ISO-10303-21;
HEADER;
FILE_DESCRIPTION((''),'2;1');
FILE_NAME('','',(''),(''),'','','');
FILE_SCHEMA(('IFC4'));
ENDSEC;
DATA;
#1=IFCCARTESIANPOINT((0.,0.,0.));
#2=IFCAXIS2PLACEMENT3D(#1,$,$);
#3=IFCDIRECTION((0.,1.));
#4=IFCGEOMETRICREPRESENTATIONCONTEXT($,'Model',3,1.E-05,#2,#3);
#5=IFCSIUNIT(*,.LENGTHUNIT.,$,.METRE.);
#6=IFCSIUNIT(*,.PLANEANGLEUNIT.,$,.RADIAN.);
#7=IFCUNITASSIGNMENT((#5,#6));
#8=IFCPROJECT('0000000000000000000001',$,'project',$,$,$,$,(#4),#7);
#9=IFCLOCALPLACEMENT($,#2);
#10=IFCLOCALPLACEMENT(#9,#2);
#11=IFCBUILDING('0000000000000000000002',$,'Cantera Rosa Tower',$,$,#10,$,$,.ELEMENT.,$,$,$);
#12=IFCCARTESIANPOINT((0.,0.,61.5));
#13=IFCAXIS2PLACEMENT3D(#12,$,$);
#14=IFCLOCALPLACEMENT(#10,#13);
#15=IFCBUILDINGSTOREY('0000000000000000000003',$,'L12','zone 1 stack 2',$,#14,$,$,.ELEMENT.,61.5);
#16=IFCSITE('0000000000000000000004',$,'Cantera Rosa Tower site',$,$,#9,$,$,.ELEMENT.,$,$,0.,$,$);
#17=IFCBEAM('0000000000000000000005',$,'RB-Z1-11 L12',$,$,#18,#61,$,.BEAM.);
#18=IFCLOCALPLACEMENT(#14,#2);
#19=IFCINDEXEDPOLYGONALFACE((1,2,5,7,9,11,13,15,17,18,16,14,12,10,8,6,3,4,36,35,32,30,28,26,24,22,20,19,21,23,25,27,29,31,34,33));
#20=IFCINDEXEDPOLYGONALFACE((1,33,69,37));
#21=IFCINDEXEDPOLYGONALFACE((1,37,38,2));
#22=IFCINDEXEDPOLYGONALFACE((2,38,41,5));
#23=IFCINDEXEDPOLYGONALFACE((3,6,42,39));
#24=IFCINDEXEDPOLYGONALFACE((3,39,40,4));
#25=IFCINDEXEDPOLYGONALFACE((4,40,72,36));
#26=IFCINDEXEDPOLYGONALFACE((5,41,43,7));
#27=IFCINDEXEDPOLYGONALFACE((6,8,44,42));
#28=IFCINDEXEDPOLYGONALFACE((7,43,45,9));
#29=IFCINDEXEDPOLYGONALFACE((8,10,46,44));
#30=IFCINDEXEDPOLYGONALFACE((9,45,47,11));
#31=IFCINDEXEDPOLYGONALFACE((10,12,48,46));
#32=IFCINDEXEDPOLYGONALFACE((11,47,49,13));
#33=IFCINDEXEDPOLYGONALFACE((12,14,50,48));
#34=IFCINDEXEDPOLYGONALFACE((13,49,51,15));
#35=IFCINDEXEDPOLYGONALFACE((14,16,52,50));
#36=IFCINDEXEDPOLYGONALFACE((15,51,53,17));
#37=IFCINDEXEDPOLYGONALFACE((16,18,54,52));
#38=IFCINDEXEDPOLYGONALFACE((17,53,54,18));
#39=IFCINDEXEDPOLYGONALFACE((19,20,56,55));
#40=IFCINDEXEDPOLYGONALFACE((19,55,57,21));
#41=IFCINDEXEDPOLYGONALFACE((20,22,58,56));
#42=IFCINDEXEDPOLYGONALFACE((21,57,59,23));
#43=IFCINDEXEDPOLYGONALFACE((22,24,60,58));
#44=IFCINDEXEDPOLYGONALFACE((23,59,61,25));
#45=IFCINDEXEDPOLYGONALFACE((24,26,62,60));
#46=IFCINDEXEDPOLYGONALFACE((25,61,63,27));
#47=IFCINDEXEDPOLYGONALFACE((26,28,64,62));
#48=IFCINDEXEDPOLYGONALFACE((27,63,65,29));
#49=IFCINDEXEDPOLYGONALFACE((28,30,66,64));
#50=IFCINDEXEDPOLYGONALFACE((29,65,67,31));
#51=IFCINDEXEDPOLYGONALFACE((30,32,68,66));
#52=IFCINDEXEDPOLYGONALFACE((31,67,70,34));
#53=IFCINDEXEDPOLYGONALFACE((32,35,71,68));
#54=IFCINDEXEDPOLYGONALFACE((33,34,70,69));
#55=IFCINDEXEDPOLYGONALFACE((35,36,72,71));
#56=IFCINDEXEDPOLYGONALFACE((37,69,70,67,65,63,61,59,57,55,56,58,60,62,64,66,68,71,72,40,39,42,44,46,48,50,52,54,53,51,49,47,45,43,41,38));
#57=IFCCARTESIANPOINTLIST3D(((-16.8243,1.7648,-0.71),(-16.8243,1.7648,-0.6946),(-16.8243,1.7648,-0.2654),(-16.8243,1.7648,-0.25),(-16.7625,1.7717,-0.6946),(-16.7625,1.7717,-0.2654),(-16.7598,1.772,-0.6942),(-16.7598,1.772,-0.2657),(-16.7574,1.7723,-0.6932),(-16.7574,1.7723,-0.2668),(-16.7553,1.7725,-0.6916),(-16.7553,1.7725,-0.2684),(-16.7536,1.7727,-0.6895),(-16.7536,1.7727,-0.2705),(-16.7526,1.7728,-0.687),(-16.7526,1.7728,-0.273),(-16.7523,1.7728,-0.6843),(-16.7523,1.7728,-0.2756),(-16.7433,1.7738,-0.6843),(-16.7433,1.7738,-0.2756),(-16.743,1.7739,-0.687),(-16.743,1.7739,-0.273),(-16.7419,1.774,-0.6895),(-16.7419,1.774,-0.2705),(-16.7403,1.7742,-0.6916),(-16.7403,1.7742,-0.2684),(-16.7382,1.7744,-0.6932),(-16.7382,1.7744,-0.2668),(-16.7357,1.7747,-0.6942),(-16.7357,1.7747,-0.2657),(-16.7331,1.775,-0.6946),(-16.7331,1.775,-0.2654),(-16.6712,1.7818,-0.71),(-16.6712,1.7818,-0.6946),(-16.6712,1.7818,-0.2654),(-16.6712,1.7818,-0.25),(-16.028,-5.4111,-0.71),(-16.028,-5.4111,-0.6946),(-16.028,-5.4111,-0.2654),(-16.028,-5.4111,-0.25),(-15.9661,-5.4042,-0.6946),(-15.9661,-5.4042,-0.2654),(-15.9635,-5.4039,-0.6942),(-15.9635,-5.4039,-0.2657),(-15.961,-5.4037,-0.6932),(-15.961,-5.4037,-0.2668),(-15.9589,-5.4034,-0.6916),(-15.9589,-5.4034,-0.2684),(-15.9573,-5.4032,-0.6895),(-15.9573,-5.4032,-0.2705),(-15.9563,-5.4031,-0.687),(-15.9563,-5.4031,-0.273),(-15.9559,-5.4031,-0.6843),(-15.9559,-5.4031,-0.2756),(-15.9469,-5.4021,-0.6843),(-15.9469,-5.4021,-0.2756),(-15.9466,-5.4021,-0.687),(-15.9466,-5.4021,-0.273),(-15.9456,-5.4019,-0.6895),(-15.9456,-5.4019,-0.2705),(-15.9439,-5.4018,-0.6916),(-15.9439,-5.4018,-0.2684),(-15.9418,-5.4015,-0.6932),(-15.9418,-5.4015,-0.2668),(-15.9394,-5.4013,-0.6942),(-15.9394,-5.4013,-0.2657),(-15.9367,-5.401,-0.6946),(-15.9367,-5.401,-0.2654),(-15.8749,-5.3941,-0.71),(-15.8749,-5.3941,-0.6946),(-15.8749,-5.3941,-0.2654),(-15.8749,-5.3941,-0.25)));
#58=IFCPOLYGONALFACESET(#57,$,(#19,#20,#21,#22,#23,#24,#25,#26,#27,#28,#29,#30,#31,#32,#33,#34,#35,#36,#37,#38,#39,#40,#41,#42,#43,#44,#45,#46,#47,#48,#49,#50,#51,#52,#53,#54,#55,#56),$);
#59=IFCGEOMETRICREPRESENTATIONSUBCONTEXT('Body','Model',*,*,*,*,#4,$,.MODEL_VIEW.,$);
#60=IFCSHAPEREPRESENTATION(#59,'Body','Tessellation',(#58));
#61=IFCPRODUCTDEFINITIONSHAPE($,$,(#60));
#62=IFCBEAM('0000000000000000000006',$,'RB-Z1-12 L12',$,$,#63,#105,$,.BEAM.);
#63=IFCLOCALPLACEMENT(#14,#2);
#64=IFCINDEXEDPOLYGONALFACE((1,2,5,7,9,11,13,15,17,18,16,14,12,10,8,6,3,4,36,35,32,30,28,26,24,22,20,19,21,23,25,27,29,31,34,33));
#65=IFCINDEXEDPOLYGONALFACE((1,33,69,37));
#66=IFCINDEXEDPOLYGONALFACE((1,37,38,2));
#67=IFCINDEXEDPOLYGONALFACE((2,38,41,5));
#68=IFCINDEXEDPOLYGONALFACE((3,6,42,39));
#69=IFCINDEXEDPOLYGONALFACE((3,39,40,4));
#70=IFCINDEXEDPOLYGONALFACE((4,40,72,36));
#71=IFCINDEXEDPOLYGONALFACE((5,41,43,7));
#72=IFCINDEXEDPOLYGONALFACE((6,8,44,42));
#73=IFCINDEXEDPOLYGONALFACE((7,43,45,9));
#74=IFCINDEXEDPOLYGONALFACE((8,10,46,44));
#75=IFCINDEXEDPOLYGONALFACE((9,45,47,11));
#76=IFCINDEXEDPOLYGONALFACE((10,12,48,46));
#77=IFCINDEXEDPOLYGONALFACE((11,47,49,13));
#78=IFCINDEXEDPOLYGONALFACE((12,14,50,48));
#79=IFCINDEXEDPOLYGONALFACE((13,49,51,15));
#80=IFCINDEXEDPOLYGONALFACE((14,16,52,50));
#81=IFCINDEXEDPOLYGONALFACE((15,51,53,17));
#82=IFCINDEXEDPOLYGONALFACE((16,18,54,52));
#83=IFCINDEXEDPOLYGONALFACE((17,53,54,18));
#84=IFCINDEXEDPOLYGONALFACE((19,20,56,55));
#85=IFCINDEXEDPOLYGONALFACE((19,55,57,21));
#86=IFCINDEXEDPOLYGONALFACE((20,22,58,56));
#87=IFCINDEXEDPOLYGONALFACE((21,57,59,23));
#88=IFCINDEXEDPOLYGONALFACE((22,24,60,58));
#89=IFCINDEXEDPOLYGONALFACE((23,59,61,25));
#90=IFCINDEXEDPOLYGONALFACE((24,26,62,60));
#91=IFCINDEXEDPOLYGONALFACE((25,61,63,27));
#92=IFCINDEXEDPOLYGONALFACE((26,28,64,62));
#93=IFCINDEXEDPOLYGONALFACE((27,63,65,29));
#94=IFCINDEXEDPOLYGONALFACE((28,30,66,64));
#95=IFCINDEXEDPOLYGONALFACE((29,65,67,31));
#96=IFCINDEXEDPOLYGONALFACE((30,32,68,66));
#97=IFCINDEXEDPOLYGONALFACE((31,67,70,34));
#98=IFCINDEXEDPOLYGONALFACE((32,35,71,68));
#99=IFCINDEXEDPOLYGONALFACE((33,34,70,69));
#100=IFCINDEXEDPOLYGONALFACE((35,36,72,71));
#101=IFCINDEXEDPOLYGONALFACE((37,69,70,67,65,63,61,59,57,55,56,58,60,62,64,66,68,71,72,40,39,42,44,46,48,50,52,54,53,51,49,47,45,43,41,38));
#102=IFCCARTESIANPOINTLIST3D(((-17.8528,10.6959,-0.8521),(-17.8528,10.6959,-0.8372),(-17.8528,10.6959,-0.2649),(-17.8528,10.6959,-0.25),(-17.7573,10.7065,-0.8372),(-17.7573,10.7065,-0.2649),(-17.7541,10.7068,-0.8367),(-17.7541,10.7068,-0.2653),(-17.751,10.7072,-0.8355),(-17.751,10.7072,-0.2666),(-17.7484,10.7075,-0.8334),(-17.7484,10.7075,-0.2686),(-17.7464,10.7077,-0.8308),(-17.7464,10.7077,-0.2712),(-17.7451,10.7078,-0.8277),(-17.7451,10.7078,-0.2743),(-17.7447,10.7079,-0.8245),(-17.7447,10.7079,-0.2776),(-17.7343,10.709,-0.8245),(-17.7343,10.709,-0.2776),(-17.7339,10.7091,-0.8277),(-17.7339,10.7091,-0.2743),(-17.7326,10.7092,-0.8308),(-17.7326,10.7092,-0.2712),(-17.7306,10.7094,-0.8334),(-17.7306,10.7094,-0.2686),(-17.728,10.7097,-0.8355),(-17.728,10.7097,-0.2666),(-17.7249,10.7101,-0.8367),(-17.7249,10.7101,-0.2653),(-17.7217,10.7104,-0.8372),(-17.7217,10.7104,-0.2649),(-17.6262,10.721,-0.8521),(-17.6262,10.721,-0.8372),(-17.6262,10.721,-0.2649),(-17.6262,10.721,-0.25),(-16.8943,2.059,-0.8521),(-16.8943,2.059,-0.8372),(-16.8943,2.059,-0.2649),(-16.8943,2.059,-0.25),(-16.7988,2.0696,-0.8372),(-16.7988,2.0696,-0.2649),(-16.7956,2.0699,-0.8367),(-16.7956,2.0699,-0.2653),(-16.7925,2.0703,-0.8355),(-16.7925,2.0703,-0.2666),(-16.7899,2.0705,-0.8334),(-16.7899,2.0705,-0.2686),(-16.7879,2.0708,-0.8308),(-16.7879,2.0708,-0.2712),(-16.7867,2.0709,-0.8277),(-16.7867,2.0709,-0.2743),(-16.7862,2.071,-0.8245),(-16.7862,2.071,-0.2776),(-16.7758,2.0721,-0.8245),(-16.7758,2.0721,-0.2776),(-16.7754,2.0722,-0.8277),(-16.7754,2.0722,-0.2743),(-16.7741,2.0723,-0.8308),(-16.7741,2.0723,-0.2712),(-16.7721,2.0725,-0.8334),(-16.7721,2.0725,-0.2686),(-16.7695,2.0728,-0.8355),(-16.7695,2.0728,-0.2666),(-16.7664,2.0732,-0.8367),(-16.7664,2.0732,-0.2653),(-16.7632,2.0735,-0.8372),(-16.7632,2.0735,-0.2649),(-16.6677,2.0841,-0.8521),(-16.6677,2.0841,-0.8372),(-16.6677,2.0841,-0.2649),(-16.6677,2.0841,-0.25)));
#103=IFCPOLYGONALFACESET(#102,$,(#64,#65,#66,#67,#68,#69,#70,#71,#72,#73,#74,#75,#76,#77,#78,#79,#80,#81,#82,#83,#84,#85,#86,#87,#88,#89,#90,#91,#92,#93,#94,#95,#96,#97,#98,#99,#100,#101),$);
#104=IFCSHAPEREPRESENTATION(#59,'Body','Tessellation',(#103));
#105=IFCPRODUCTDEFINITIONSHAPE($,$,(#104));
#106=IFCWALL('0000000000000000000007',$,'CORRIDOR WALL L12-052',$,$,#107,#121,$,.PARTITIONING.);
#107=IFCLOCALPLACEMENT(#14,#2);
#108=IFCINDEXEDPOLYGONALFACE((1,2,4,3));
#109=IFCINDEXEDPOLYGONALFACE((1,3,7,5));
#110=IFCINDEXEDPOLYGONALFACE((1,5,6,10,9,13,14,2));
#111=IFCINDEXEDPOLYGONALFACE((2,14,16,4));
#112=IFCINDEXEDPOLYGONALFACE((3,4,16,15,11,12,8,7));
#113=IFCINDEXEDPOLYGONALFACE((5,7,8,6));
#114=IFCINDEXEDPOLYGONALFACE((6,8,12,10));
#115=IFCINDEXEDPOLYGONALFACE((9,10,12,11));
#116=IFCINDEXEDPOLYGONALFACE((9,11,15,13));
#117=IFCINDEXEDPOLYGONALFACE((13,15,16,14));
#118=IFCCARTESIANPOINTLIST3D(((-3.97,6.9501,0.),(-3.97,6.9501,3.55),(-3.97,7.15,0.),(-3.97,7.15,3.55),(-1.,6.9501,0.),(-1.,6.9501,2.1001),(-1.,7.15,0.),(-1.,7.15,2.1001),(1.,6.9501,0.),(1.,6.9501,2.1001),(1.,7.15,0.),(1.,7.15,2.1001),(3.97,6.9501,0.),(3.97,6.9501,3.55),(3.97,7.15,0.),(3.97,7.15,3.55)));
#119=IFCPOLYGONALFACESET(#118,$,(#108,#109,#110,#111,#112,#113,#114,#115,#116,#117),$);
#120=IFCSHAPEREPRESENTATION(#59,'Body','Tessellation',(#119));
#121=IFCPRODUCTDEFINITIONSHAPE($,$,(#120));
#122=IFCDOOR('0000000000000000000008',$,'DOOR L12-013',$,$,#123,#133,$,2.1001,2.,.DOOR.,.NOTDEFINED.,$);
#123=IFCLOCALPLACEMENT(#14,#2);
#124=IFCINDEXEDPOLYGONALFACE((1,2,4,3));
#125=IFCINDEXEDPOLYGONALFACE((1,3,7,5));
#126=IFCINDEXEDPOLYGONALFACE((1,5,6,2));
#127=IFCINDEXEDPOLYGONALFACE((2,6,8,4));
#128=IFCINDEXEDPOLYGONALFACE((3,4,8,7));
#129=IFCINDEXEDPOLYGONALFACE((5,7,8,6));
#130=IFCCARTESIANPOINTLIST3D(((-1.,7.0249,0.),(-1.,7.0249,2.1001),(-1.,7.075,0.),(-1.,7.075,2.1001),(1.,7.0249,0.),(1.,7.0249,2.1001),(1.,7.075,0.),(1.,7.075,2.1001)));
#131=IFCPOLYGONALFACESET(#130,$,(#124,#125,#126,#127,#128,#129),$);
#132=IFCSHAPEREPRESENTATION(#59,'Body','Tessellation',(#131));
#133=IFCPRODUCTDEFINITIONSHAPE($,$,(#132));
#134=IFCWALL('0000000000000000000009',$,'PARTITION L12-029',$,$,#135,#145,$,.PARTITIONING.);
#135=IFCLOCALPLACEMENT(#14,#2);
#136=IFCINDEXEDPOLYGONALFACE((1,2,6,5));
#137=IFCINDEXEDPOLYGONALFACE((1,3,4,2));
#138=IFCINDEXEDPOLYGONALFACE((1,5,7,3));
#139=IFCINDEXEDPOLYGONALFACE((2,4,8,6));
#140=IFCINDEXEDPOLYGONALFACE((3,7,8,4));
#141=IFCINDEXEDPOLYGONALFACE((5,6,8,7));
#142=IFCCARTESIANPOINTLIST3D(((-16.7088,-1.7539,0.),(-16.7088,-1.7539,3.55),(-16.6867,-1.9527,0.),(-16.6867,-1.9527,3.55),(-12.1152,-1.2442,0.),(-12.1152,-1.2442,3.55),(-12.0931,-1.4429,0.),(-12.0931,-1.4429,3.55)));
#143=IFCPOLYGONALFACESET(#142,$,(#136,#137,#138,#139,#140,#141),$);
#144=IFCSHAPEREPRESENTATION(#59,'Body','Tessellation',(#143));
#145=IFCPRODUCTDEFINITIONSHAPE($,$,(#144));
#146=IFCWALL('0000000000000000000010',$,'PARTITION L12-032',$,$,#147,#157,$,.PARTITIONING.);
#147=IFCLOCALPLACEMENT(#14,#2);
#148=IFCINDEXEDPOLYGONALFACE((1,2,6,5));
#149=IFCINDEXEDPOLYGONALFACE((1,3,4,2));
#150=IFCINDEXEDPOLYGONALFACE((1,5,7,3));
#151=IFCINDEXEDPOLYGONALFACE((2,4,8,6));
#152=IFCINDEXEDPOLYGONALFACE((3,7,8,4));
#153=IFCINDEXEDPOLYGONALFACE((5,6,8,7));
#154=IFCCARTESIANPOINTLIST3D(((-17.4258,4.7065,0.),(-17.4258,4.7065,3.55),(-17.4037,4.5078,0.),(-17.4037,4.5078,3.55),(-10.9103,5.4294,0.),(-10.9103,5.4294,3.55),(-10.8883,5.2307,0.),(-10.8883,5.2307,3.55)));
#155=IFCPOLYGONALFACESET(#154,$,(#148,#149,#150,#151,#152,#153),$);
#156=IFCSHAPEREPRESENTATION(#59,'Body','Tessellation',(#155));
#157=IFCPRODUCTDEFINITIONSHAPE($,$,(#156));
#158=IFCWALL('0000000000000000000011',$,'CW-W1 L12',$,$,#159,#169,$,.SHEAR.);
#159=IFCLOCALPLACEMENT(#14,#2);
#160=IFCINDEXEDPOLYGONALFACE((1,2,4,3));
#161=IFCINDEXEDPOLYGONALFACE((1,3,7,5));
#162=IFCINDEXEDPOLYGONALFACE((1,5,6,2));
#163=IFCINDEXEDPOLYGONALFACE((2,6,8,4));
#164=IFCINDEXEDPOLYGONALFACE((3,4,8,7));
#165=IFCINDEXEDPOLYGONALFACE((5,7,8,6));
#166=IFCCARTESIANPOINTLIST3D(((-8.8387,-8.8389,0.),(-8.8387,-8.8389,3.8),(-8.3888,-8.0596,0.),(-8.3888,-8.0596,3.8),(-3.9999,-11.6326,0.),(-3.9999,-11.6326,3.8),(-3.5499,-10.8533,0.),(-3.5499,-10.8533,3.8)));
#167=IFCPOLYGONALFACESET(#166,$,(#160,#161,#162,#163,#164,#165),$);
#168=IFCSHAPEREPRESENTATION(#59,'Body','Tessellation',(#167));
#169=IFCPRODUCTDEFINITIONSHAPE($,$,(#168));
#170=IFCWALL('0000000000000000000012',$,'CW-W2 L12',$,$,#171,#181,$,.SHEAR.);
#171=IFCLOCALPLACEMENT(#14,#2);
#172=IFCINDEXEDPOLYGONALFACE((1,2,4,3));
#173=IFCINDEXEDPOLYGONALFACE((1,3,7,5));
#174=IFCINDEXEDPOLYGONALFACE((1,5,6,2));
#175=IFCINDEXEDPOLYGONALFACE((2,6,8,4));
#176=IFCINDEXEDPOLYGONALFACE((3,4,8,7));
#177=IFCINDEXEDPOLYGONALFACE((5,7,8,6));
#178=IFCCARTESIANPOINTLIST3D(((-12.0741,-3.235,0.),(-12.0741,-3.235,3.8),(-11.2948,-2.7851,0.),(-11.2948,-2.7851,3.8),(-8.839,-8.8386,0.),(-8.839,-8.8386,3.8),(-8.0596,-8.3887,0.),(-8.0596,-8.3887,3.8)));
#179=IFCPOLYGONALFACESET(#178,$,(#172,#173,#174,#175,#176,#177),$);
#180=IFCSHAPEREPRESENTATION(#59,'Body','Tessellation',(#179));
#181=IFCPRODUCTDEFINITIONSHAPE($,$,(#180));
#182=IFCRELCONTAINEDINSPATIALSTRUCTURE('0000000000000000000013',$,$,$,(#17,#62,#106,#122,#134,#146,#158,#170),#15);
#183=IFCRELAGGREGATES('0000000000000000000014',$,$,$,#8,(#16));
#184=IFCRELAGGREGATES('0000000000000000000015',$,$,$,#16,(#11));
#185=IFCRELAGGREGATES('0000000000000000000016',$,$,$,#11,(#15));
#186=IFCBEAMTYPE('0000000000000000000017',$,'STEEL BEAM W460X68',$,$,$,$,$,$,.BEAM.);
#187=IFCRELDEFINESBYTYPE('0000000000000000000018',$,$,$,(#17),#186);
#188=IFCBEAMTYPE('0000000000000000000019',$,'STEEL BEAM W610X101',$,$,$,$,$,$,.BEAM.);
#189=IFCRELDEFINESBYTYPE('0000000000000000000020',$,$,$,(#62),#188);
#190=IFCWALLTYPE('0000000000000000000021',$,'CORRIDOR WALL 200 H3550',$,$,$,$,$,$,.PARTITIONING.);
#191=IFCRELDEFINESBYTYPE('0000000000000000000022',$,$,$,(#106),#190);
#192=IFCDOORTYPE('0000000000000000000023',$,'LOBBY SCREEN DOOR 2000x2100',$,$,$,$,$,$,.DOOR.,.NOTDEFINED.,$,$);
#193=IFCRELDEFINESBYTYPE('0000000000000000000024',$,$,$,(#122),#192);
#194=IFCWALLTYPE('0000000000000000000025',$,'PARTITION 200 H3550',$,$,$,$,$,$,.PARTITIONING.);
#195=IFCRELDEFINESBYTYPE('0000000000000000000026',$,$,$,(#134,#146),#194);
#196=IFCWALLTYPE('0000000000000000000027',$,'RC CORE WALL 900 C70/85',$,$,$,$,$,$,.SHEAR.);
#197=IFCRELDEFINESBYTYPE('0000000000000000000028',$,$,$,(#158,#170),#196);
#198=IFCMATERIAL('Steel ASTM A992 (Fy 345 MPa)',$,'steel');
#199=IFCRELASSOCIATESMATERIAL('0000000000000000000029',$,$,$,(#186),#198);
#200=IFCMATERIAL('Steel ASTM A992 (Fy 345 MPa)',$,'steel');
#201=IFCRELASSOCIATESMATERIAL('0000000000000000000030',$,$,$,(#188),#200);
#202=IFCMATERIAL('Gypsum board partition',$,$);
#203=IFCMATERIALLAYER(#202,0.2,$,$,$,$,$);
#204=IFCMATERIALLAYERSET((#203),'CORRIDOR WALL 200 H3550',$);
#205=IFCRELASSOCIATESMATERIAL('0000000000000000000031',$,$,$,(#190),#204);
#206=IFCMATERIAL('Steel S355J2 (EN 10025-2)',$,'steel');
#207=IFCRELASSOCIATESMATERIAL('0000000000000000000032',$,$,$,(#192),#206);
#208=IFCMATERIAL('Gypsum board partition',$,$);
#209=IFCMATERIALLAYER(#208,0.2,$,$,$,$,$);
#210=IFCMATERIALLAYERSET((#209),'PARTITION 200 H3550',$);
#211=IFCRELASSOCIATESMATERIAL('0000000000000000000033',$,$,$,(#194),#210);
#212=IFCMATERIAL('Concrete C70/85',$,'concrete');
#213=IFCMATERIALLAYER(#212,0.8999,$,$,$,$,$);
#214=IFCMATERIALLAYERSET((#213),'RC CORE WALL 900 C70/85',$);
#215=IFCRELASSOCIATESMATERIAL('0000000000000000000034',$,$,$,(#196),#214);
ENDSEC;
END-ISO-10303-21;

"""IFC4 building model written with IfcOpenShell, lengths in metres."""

from ifc_helpers import new_model, si_unit, direction, frame, frame_2d, origin, origin_2d, place, context, subcontext, project, spatial, rectangle, i_section, extrude, material, layer, layer_set, material_profile, profile_set, type_object, element, fill, save


model = new_model("IFC4")

# Units and contexts
model_context = context("Model", 3, precision=1e-05, world=origin(), true_north=direction((0.0, 1.0)))
body_context = subcontext(model_context, "Body", "Model", "MODEL_VIEW")
ifc_project = project(units=[si_unit("LENGTHUNIT", "METRE"), si_unit("PLANEANGLEUNIT", "RADIAN")], contexts=[model_context])

# Site, building, storey
site_placement = place(None, origin())
site = spatial("IfcSite", under=ifc_project, at=site_placement, Name="Cantera Rosa Tower site", CompositionType="ELEMENT", RefElevation=0.0)
building_placement = place(site_placement, origin())
building = spatial("IfcBuilding", under=site, at=building_placement, Name="Cantera Rosa Tower", CompositionType="ELEMENT")
storey_placement = place(building_placement, frame((0.0, 0.0, 61.5)))
storey = spatial("IfcBuildingStorey", under=building, at=storey_placement, Name="L12", Description="zone 1 stack 2", CompositionType="ELEMENT", Elevation=61.5)

# Beams
ifc_material_1 = material(Name="Steel ASTM A992 (Fy 345 MPa)", Category="steel")
ifc_material_profile_1 = material_profile(ifc_material_1, i_section(OverallWidth=0.1541, OverallDepth=0.46, WebThickness=0.009, FlangeThickness=0.0154, FilletRadius=0.0103, at=origin_2d()), Name="W460X68")
ifc_profile_set_1 = profile_set([ifc_material_profile_1], Name="Steel ASTM A992 (Fy 345 MPa)")
beam_type_1 = type_object("IfcBeamType", Name="STEEL BEAM W460X68", PredefinedType="BEAM", material=ifc_profile_set_1)
beam_1_placement = place(storey_placement, frame((-15.9514, -5.4026, -0.48), z_axis=(-0.110302, 0.993898, 0.0), x_axis=(-0.993898, -0.110302, 0.0)))
element("IfcBeam", 1, at=beam_1_placement, inside=storey, type_object=beam_type_1, Name="RB-Z1-11 L12", PredefinedType="BEAM", context=body_context, shape_type="SweptSolid", body=[
    extrude(i_section(OverallWidth=0.1541, OverallDepth=0.46, WebThickness=0.009, FlangeThickness=0.0154, FilletRadius=0.0103, at=origin_2d()), origin(), (0.0, 0.0, 1.0), 7.22),
])
ifc_material_2 = material(Name="Steel ASTM A992 (Fy 345 MPa)", Category="steel")
ifc_material_profile_2 = material_profile(ifc_material_2, i_section(OverallWidth=0.228, OverallDepth=0.6021, WebThickness=0.0105, FlangeThickness=0.0149, FilletRadius=0.0127, at=origin_2d()), Name="W610X101")
ifc_profile_set_2 = profile_set([ifc_material_profile_2], Name="Steel ASTM A992 (Fy 345 MPa)")
beam_type_2 = type_object("IfcBeamType", Name="STEEL BEAM W610X101", PredefinedType="BEAM", material=ifc_profile_set_2)
beam_2_placement = place(storey_placement, frame((-16.781, 2.0715, -0.551), z_axis=(-0.110299, 0.993898, 0.0), x_axis=(-0.993898, -0.110299, 0.0)))
element("IfcBeam", 2, at=beam_2_placement, inside=storey, type_object=beam_type_2, Name="RB-Z1-12 L12", PredefinedType="BEAM", context=body_context, shape_type="SweptSolid", body=[
    extrude(i_section(OverallWidth=0.228, OverallDepth=0.6021, WebThickness=0.0105, FlangeThickness=0.0149, FilletRadius=0.0127, at=origin_2d()), origin(), (0.0, 0.0, 1.0), 8.6899),
])

# Wall, opening, door
ifc_material_3 = material(Name="Gypsum board partition")
ifc_layer_1 = layer(ifc_material_3, 0.2)
ifc_layer_set_1 = layer_set([ifc_layer_1], Name="CORRIDOR WALL 200 H3550")
wall_type_1 = type_object("IfcWallType", Name="CORRIDOR WALL 200 H3550", PredefinedType="PARTITIONING", material=ifc_layer_set_1)
wall_1_placement = place(storey_placement, frame((-3.97, 7.05, 0.0), z_axis=(0.0, 0.0, 1.0), x_axis=(1.0, 0.0, 0.0)))
wall_1 = element("IfcWall", 3, at=wall_1_placement, inside=storey, type_object=wall_type_1, Name="CORRIDOR WALL L12-052", PredefinedType="PARTITIONING", context=body_context, shape_type="SweptSolid", body=[
    extrude(rectangle(XDim=7.9399, YDim=0.2, at=frame_2d((3.97, 0.0))), origin(), (0.0, 0.0, 1.0), 3.55),
])
opening_placement = place(wall_1_placement, frame((2.97, 0.0, 0.0)))
opening = element("IfcOpeningElement", 4, at=opening_placement, cuts=wall_1, PredefinedType="OPENING", context=body_context, shape_type="SweptSolid", body=[
    extrude(rectangle(XDim=2.0, YDim=2.1001, at=frame_2d((1.0, 1.05))), frame((0.0, 0.1099, 0.0), z_axis=(0.0, -1.0, 0.0), x_axis=(1.0, 0.0, 0.0)), (0.0, 0.0, 1.0), 0.22),
])
ifc_material_4 = material(Name="Steel S355J2 (EN 10025-2)", Category="steel")
door_type = type_object("IfcDoorType", Name="LOBBY SCREEN DOOR 2000x2100", OperationType="NOTDEFINED", PredefinedType="DOOR", material=ifc_material_4)
door_placement = place(opening_placement, origin())
door = element("IfcDoor", 5, at=door_placement, inside=storey, type_object=door_type, Name="DOOR L12-013", OperationType="NOTDEFINED", OverallHeight=2.1001, OverallWidth=2.0, PredefinedType="DOOR", context=body_context, shape_type="SweptSolid", body=[
    extrude(rectangle(XDim=2.0, YDim=2.1001, at=frame_2d((1.0, 1.05))), frame((0.0, 0.0249, 0.0), z_axis=(0.0, -1.0, 0.0), x_axis=(1.0, 0.0, 0.0)), (0.0, 0.0, 1.0), 0.05),
])
fill(opening, door)

# Walls
ifc_material_5 = material(Name="Gypsum board partition")
ifc_layer_2 = layer(ifc_material_5, 0.2)
ifc_layer_set_2 = layer_set([ifc_layer_2], Name="PARTITION 200 H3550")
wall_type_2 = type_object("IfcWallType", Name="PARTITION 200 H3550", PredefinedType="PARTITIONING", material=ifc_layer_set_2)
wall_2_placement = place(storey_placement, frame((-12.104, -1.3435, 0.0), z_axis=(0.0, 0.0, 1.0), x_axis=(-0.993899, -0.110298, 0.0)))
element("IfcWall", 6, at=wall_2_placement, inside=storey, type_object=wall_type_2, Name="PARTITION L12-029", PredefinedType="PARTITIONING", context=body_context, shape_type="SweptSolid", body=[
    extrude(rectangle(XDim=4.6218, YDim=0.2, at=frame_2d((2.311, 0.0))), origin(), (0.0, 0.0, 1.0), 3.55),
])
wall_3_placement = place(storey_placement, frame((-10.8992, 5.3301, 0.0), z_axis=(0.0, 0.0, 1.0), x_axis=(-0.993901, -0.110276, 0.0)))
element("IfcWall", 7, at=wall_3_placement, inside=storey, type_object=wall_type_2, Name="PARTITION L12-032", PredefinedType="PARTITIONING", context=body_context, shape_type="SweptSolid", body=[
    extrude(rectangle(XDim=6.5554, YDim=0.2, at=frame_2d((3.2778, 0.0))), origin(), (0.0, 0.0, 1.0), 3.55),
])
ifc_material_6 = material(Name="Concrete C70/85", Category="concrete")
ifc_layer_3 = layer(ifc_material_6, 0.8999)
ifc_layer_set_3 = layer_set([ifc_layer_3], Name="RC CORE WALL 900 C70/85")
wall_type_3 = type_object("IfcWallType", Name="RC CORE WALL 900 C70/85", PredefinedType="SHEAR", material=ifc_layer_set_3)
wall_4_placement = place(storey_placement, frame((-3.7749, -11.2429, 0.0), z_axis=(0.0, 0.0, 1.0), x_axis=(-0.866027, 0.499997, 0.0)))
element("IfcWall", 8, at=wall_4_placement, inside=storey, type_object=wall_type_3, Name="CW-W1 L12", PredefinedType="SHEAR", context=body_context, shape_type="SweptSolid", body=[
    extrude(rectangle(XDim=5.5874, YDim=0.8999, at=frame_2d((2.7937, 0.0))), origin(), (0.0, 0.0, 1.0), 3.8),
])
wall_5_placement = place(storey_placement, frame((-8.4492, -8.6138, 0.0), z_axis=(0.0, 0.0, 1.0), x_axis=(-0.49999, 0.866031, 0.0)))
element("IfcWall", 9, at=wall_5_placement, inside=storey, type_object=wall_type_3, Name="CW-W2 L12", PredefinedType="SHEAR", context=body_context, shape_type="SweptSolid", body=[
    extrude(rectangle(XDim=6.4705, YDim=0.8999, at=frame_2d((3.2354, 0.0))), origin(), (0.0, 0.0, 1.0), 3.8),
])

save(model, "model.ifc")
